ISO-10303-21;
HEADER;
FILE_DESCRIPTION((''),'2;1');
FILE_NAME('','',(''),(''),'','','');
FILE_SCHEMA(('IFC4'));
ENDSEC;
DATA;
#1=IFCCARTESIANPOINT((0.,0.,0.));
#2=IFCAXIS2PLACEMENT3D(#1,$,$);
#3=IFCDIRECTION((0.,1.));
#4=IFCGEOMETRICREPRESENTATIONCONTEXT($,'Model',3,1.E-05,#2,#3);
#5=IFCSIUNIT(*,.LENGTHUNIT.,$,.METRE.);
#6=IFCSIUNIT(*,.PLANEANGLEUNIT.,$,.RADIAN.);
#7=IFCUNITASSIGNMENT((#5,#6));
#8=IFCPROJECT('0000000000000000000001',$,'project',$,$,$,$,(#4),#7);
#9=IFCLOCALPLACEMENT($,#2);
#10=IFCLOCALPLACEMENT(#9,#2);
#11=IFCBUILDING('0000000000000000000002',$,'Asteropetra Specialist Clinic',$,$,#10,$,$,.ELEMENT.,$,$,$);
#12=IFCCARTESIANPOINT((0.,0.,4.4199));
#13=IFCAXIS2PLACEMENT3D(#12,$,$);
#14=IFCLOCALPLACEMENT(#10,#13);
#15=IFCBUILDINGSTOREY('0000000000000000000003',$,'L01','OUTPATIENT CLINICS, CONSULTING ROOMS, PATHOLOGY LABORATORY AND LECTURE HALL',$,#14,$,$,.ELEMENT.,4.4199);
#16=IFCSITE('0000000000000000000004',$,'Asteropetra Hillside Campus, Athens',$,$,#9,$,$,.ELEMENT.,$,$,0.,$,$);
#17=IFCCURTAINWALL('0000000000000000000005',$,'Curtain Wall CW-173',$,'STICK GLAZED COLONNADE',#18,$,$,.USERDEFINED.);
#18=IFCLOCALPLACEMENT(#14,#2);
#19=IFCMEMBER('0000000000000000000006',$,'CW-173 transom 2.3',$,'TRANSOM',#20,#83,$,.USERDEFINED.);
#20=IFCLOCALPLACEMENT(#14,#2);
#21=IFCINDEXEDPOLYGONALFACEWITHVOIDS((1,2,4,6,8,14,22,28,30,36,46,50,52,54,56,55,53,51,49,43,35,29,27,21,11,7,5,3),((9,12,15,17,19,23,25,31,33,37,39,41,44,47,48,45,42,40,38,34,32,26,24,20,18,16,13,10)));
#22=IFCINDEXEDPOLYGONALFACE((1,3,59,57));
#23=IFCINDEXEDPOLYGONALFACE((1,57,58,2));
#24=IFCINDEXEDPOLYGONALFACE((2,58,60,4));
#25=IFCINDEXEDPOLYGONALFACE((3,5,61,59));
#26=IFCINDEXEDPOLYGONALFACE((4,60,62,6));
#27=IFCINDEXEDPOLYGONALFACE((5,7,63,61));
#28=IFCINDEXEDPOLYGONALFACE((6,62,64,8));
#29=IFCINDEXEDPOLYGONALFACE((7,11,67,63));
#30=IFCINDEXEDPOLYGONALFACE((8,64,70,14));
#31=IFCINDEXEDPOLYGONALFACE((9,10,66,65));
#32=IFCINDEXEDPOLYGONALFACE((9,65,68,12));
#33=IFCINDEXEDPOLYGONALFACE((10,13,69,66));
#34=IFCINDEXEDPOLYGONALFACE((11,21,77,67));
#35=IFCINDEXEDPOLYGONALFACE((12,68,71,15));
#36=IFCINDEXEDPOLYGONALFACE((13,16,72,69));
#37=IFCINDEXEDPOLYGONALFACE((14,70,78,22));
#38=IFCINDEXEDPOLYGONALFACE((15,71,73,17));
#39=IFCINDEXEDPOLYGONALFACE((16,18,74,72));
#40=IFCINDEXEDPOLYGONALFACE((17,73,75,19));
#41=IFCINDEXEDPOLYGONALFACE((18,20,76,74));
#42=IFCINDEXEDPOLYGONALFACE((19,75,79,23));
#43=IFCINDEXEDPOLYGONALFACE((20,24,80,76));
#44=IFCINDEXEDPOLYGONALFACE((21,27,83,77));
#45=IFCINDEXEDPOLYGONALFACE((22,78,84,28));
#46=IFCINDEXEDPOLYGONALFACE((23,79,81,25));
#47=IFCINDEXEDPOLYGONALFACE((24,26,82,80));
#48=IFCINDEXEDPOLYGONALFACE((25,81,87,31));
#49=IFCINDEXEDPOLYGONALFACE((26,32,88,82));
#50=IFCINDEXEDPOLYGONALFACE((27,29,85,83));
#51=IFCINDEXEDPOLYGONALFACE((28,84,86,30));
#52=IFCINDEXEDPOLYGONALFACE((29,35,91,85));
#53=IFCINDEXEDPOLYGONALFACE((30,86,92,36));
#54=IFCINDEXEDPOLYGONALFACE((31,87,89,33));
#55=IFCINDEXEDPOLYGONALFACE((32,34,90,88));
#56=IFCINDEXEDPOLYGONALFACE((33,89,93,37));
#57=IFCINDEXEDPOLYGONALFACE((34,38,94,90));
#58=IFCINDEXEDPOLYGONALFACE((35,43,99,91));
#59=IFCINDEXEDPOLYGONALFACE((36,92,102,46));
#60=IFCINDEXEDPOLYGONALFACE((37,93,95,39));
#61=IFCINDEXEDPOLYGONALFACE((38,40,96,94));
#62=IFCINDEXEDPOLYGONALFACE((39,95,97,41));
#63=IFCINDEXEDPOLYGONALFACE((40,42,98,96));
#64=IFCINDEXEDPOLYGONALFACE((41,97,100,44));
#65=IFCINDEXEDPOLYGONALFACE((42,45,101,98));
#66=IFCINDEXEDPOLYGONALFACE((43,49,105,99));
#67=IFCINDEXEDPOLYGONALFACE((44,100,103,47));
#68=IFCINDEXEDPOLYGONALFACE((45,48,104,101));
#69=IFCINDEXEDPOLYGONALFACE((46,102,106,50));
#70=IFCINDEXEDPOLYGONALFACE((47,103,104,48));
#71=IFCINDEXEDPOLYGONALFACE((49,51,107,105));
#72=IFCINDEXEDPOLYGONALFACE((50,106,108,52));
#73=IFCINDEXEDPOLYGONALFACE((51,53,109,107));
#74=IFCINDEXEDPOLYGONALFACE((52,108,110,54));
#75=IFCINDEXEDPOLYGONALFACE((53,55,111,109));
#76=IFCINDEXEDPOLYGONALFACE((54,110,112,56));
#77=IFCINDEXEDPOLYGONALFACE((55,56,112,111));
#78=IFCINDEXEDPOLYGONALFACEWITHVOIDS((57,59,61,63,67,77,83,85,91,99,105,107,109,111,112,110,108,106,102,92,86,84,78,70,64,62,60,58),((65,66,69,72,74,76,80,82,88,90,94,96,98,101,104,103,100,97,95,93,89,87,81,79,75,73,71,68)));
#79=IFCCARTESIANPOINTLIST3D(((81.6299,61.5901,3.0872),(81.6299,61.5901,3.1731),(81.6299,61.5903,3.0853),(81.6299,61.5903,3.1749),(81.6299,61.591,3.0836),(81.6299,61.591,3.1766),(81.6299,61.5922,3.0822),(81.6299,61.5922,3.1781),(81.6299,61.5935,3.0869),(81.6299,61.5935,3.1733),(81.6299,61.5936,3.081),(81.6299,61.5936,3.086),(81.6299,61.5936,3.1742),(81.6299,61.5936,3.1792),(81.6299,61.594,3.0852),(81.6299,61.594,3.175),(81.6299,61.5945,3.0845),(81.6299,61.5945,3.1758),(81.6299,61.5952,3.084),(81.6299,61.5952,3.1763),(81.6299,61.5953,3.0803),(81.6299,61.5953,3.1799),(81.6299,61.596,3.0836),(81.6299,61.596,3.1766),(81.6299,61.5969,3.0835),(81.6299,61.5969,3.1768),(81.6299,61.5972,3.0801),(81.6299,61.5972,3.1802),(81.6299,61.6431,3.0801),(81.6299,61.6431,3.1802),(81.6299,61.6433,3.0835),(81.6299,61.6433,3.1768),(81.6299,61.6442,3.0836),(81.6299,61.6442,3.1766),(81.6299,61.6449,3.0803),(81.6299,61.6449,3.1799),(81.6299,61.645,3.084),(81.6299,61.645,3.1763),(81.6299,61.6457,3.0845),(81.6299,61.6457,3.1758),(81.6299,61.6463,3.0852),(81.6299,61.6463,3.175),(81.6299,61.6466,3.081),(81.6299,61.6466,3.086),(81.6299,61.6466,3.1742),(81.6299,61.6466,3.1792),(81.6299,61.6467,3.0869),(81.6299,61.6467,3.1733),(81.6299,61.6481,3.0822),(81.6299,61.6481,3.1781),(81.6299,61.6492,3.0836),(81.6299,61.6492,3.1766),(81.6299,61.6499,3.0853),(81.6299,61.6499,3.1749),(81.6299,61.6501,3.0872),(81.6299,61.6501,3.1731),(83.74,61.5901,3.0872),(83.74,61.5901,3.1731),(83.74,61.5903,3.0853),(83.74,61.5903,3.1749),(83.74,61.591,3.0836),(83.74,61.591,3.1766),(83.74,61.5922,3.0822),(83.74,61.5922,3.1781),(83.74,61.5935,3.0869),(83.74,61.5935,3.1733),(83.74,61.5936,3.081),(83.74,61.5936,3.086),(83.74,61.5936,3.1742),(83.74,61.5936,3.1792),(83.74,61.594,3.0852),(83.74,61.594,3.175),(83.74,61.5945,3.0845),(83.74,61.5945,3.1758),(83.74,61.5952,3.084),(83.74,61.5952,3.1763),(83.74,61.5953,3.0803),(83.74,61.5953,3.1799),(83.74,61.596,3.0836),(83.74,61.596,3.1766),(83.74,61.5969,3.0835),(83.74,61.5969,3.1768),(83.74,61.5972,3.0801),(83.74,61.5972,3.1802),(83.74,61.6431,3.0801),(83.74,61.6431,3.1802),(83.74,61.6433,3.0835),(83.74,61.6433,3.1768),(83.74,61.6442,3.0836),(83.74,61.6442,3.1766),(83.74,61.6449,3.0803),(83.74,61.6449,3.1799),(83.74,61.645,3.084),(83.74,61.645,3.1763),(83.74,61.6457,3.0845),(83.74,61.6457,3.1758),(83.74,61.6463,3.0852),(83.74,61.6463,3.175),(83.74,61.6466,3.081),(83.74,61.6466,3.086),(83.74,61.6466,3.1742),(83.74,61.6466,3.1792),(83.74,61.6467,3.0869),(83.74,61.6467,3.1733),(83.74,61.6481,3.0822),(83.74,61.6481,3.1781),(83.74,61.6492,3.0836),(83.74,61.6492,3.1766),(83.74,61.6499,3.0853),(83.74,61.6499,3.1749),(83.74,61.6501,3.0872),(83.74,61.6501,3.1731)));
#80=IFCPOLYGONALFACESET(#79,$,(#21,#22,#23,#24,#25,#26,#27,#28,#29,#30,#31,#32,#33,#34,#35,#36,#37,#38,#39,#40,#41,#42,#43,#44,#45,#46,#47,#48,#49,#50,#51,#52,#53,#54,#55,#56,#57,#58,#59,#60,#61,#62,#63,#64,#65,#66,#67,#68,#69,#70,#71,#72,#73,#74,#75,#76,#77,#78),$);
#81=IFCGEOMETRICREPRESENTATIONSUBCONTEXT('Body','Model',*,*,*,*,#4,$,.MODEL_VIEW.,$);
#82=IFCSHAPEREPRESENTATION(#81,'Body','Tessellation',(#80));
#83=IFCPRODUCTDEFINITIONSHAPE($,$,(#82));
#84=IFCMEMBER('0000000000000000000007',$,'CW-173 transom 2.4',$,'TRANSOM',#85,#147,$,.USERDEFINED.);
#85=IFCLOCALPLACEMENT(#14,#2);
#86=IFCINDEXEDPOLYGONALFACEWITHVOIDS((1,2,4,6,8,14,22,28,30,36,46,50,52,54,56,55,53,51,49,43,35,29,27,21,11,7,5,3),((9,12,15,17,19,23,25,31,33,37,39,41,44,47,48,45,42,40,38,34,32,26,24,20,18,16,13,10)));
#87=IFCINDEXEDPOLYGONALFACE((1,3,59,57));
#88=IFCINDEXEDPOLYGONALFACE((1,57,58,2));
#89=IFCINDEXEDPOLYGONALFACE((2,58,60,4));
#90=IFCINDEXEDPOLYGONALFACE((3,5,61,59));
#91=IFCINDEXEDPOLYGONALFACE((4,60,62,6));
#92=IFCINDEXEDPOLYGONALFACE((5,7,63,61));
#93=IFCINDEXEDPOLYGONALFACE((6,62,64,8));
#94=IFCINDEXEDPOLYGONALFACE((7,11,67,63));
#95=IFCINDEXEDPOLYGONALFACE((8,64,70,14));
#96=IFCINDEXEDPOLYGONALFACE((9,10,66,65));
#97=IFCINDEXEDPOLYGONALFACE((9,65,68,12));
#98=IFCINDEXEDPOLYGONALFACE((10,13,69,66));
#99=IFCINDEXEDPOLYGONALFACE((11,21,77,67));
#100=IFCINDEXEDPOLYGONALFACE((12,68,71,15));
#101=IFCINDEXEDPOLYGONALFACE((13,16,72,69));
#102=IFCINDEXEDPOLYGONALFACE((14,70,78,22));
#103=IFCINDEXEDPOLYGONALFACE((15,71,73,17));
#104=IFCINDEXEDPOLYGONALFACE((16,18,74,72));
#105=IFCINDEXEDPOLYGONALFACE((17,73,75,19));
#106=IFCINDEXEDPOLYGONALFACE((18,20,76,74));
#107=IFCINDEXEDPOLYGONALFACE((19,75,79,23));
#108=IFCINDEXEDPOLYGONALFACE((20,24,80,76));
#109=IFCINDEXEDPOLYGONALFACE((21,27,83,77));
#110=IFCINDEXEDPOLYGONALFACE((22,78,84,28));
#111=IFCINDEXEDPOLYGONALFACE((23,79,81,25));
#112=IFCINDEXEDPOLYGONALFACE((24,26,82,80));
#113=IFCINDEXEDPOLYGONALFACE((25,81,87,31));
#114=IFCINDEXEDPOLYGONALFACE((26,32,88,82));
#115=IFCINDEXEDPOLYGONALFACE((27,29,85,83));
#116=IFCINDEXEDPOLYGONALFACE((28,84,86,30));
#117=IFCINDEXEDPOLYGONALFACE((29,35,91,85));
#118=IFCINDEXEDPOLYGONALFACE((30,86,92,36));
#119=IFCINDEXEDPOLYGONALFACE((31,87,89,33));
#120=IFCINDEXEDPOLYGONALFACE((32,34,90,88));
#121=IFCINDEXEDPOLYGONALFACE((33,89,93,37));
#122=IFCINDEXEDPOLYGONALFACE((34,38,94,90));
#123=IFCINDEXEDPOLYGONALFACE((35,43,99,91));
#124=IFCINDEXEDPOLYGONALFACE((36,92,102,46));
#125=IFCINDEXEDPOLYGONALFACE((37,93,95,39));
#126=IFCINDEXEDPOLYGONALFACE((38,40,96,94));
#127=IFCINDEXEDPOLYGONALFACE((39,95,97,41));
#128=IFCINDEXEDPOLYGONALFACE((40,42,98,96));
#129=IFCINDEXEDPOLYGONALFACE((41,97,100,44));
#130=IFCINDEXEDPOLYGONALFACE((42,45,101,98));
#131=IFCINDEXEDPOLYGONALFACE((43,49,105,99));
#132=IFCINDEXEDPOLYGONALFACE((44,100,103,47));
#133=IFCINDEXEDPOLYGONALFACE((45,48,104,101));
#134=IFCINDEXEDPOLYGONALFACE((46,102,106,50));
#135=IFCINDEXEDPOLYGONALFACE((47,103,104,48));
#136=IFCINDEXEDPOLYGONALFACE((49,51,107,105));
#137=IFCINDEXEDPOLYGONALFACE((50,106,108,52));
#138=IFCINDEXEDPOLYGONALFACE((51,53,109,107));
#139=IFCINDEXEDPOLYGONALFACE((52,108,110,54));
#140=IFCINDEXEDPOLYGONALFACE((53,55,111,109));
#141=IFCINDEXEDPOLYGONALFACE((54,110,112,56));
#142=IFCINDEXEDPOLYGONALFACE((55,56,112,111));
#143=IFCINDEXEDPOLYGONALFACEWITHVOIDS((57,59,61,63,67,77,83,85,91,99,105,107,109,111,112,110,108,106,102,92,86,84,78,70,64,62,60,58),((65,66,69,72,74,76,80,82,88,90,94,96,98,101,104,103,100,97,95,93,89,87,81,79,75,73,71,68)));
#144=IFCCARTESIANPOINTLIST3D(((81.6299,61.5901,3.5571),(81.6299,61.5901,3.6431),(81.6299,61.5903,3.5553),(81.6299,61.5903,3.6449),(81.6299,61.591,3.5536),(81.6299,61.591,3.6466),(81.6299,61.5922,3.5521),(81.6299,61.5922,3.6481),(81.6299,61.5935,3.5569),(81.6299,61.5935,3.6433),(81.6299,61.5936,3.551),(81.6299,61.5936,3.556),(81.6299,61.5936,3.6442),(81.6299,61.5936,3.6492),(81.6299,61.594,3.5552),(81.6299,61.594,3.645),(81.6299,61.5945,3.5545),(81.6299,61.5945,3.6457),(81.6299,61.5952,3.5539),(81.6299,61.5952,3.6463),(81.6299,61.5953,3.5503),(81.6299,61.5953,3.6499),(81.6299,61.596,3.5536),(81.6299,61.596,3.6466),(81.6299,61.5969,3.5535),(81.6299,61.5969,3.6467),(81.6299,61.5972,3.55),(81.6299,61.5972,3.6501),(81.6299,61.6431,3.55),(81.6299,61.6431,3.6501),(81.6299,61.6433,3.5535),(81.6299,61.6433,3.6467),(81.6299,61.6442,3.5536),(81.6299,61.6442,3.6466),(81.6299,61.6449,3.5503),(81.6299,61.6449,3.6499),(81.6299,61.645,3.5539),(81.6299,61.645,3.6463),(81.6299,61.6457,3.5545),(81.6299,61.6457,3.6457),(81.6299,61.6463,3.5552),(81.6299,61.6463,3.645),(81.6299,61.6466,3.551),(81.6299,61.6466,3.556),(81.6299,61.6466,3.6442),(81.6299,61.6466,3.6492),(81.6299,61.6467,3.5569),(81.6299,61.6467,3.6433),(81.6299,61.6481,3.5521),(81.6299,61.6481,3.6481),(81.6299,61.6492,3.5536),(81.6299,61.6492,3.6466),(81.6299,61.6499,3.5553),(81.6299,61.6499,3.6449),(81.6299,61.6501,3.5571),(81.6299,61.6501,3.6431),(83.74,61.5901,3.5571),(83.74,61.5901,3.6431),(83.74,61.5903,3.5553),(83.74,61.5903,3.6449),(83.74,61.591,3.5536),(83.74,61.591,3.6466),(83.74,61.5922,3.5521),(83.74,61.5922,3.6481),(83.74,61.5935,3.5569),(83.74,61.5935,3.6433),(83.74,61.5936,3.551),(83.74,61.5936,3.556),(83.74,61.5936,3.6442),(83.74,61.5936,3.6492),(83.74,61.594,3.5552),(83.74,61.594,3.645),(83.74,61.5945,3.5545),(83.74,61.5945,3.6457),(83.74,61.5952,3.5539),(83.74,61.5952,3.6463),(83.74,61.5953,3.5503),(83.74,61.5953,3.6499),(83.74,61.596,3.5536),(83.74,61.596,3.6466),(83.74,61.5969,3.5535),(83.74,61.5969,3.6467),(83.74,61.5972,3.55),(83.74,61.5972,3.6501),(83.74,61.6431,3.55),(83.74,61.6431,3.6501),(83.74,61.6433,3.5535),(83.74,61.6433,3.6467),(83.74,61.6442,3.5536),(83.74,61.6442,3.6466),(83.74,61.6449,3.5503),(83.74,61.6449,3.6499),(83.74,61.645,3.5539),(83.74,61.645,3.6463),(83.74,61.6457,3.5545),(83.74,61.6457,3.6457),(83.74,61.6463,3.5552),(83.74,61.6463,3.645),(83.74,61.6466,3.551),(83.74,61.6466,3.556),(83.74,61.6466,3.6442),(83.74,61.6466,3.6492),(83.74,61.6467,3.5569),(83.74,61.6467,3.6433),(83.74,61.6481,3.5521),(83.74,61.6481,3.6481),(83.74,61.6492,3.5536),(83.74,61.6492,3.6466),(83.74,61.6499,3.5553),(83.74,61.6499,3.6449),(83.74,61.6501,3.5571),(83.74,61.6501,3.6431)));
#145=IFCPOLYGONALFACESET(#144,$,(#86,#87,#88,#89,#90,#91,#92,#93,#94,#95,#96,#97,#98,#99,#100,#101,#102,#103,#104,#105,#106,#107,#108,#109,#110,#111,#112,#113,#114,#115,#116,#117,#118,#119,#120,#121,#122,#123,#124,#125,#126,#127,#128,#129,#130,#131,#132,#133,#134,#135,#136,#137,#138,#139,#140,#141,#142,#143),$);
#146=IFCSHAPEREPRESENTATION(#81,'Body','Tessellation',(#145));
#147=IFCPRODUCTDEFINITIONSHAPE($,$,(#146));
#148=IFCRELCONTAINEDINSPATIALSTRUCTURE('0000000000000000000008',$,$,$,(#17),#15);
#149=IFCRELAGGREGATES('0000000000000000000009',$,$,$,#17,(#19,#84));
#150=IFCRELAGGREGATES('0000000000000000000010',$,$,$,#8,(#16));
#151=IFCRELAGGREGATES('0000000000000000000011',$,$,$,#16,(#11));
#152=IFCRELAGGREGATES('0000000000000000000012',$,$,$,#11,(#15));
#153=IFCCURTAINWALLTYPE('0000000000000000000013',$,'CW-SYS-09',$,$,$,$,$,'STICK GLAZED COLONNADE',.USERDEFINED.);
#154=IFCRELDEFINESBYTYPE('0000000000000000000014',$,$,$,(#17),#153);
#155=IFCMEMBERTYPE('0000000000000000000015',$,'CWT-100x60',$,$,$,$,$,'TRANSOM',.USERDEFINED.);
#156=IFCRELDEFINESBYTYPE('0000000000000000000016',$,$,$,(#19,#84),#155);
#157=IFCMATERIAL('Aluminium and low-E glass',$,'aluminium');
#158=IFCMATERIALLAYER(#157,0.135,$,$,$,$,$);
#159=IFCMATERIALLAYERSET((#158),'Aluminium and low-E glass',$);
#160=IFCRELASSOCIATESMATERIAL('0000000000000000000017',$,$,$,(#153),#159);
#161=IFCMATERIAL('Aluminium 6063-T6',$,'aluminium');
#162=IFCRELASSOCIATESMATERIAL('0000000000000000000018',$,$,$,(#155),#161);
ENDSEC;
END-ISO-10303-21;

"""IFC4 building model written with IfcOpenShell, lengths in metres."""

from ifc_helpers import new_model, si_unit, direction, frame, origin, origin_2d, place, context, subcontext, project, spatial, hollow_rectangle, extrude, material, layer, layer_set, material_profile, profile_set, type_object, element, aggregate, save


model = new_model("IFC4")

# Units and contexts
model_context = context("Model", 3, precision=1e-05, world=origin(), true_north=direction((0.0, 1.0)))
body_context = subcontext(model_context, "Body", "Model", "MODEL_VIEW")
ifc_project = project(units=[si_unit("LENGTHUNIT", "METRE"), si_unit("PLANEANGLEUNIT", "RADIAN")], contexts=[model_context])

# Site, building, storey
site_placement = place(None, origin())
site = spatial("IfcSite", under=ifc_project, at=site_placement, Name="Asteropetra Hillside Campus, Athens", CompositionType="ELEMENT", RefElevation=0.0)
building_placement = place(site_placement, origin())
building = spatial("IfcBuilding", under=site, at=building_placement, Name="Asteropetra Specialist Clinic", CompositionType="ELEMENT")
storey_placement = place(building_placement, frame((0.0, 0.0, 4.4199)))
storey = spatial("IfcBuildingStorey", under=building, at=storey_placement, Name="L01", Description="OUTPATIENT CLINICS, CONSULTING ROOMS, PATHOLOGY LABORATORY AND LECTURE HALL", CompositionType="ELEMENT", Elevation=4.4199)

# Curtain wall
ifc_material_1 = material(Name="Aluminium and low-E glass", Category="aluminium")
ifc_layer_1 = layer(ifc_material_1, 0.135)
ifc_layer_set_1 = layer_set([ifc_layer_1], Name="Aluminium and low-E glass")
curtain_wall_type_1 = type_object("IfcCurtainWallType", Name="CW-SYS-09", ElementType="STICK GLAZED COLONNADE", PredefinedType="USERDEFINED", material=ifc_layer_set_1)
curtain_wall_1_placement = place(storey_placement, origin())
curtain_wall_1 = element("IfcCurtainWall", 1, at=curtain_wall_1_placement, inside=storey, type_object=curtain_wall_type_1, Name="Curtain Wall CW-173", ObjectType="STICK GLAZED COLONNADE", PredefinedType="USERDEFINED")

# Members
ifc_material_2 = material(Name="Aluminium 6063-T6", Category="aluminium")
ifc_material_profile_1 = material_profile(ifc_material_2, hollow_rectangle(XDim=0.0601, YDim=0.1001, WallThickness=0.0034, InnerFilletRadius=0.0034, OuterFilletRadius=0.0071, at=origin_2d()), Name="TRN 100x60x3.5")
ifc_profile_set_1 = profile_set([ifc_material_profile_1], Name="Aluminium 6063-T6")
member_type_1 = type_object("IfcMemberType", Name="CWT-100x60", ElementType="TRANSOM", PredefinedType="USERDEFINED", material=ifc_profile_set_1)
member_1_placement = place(storey_placement, frame((83.74, 61.6201, 3.1301), z_axis=(-1.0, 0.0, 0.0), x_axis=(0.0, -1.0, 0.0)))
member_1 = element("IfcMember", 2, at=member_1_placement, type_object=member_type_1, Name="CW-173 transom 2.3", ObjectType="TRANSOM", PredefinedType="USERDEFINED", context=body_context, shape_type="SweptSolid", body=[
    extrude(hollow_rectangle(XDim=0.0601, YDim=0.1001, WallThickness=0.0034, InnerFilletRadius=0.0034, OuterFilletRadius=0.0071, at=origin_2d()), origin(), (0.0, 0.0, 1.0), 2.1101),
])
member_2_placement = place(storey_placement, frame((83.74, 61.6201, 3.6001), z_axis=(-1.0, 0.0, 0.0), x_axis=(0.0, -1.0, 0.0)))
member_2 = element("IfcMember", 3, at=member_2_placement, type_object=member_type_1, Name="CW-173 transom 2.4", ObjectType="TRANSOM", PredefinedType="USERDEFINED", context=body_context, shape_type="SweptSolid", body=[
    extrude(hollow_rectangle(XDim=0.0601, YDim=0.1001, WallThickness=0.0034, InnerFilletRadius=0.0034, OuterFilletRadius=0.0071, at=origin_2d()), origin(), (0.0, 0.0, 1.0), 2.1101),
])

aggregate(curtain_wall_1, [member_1, member_2])

save(model, "model.ifc")
